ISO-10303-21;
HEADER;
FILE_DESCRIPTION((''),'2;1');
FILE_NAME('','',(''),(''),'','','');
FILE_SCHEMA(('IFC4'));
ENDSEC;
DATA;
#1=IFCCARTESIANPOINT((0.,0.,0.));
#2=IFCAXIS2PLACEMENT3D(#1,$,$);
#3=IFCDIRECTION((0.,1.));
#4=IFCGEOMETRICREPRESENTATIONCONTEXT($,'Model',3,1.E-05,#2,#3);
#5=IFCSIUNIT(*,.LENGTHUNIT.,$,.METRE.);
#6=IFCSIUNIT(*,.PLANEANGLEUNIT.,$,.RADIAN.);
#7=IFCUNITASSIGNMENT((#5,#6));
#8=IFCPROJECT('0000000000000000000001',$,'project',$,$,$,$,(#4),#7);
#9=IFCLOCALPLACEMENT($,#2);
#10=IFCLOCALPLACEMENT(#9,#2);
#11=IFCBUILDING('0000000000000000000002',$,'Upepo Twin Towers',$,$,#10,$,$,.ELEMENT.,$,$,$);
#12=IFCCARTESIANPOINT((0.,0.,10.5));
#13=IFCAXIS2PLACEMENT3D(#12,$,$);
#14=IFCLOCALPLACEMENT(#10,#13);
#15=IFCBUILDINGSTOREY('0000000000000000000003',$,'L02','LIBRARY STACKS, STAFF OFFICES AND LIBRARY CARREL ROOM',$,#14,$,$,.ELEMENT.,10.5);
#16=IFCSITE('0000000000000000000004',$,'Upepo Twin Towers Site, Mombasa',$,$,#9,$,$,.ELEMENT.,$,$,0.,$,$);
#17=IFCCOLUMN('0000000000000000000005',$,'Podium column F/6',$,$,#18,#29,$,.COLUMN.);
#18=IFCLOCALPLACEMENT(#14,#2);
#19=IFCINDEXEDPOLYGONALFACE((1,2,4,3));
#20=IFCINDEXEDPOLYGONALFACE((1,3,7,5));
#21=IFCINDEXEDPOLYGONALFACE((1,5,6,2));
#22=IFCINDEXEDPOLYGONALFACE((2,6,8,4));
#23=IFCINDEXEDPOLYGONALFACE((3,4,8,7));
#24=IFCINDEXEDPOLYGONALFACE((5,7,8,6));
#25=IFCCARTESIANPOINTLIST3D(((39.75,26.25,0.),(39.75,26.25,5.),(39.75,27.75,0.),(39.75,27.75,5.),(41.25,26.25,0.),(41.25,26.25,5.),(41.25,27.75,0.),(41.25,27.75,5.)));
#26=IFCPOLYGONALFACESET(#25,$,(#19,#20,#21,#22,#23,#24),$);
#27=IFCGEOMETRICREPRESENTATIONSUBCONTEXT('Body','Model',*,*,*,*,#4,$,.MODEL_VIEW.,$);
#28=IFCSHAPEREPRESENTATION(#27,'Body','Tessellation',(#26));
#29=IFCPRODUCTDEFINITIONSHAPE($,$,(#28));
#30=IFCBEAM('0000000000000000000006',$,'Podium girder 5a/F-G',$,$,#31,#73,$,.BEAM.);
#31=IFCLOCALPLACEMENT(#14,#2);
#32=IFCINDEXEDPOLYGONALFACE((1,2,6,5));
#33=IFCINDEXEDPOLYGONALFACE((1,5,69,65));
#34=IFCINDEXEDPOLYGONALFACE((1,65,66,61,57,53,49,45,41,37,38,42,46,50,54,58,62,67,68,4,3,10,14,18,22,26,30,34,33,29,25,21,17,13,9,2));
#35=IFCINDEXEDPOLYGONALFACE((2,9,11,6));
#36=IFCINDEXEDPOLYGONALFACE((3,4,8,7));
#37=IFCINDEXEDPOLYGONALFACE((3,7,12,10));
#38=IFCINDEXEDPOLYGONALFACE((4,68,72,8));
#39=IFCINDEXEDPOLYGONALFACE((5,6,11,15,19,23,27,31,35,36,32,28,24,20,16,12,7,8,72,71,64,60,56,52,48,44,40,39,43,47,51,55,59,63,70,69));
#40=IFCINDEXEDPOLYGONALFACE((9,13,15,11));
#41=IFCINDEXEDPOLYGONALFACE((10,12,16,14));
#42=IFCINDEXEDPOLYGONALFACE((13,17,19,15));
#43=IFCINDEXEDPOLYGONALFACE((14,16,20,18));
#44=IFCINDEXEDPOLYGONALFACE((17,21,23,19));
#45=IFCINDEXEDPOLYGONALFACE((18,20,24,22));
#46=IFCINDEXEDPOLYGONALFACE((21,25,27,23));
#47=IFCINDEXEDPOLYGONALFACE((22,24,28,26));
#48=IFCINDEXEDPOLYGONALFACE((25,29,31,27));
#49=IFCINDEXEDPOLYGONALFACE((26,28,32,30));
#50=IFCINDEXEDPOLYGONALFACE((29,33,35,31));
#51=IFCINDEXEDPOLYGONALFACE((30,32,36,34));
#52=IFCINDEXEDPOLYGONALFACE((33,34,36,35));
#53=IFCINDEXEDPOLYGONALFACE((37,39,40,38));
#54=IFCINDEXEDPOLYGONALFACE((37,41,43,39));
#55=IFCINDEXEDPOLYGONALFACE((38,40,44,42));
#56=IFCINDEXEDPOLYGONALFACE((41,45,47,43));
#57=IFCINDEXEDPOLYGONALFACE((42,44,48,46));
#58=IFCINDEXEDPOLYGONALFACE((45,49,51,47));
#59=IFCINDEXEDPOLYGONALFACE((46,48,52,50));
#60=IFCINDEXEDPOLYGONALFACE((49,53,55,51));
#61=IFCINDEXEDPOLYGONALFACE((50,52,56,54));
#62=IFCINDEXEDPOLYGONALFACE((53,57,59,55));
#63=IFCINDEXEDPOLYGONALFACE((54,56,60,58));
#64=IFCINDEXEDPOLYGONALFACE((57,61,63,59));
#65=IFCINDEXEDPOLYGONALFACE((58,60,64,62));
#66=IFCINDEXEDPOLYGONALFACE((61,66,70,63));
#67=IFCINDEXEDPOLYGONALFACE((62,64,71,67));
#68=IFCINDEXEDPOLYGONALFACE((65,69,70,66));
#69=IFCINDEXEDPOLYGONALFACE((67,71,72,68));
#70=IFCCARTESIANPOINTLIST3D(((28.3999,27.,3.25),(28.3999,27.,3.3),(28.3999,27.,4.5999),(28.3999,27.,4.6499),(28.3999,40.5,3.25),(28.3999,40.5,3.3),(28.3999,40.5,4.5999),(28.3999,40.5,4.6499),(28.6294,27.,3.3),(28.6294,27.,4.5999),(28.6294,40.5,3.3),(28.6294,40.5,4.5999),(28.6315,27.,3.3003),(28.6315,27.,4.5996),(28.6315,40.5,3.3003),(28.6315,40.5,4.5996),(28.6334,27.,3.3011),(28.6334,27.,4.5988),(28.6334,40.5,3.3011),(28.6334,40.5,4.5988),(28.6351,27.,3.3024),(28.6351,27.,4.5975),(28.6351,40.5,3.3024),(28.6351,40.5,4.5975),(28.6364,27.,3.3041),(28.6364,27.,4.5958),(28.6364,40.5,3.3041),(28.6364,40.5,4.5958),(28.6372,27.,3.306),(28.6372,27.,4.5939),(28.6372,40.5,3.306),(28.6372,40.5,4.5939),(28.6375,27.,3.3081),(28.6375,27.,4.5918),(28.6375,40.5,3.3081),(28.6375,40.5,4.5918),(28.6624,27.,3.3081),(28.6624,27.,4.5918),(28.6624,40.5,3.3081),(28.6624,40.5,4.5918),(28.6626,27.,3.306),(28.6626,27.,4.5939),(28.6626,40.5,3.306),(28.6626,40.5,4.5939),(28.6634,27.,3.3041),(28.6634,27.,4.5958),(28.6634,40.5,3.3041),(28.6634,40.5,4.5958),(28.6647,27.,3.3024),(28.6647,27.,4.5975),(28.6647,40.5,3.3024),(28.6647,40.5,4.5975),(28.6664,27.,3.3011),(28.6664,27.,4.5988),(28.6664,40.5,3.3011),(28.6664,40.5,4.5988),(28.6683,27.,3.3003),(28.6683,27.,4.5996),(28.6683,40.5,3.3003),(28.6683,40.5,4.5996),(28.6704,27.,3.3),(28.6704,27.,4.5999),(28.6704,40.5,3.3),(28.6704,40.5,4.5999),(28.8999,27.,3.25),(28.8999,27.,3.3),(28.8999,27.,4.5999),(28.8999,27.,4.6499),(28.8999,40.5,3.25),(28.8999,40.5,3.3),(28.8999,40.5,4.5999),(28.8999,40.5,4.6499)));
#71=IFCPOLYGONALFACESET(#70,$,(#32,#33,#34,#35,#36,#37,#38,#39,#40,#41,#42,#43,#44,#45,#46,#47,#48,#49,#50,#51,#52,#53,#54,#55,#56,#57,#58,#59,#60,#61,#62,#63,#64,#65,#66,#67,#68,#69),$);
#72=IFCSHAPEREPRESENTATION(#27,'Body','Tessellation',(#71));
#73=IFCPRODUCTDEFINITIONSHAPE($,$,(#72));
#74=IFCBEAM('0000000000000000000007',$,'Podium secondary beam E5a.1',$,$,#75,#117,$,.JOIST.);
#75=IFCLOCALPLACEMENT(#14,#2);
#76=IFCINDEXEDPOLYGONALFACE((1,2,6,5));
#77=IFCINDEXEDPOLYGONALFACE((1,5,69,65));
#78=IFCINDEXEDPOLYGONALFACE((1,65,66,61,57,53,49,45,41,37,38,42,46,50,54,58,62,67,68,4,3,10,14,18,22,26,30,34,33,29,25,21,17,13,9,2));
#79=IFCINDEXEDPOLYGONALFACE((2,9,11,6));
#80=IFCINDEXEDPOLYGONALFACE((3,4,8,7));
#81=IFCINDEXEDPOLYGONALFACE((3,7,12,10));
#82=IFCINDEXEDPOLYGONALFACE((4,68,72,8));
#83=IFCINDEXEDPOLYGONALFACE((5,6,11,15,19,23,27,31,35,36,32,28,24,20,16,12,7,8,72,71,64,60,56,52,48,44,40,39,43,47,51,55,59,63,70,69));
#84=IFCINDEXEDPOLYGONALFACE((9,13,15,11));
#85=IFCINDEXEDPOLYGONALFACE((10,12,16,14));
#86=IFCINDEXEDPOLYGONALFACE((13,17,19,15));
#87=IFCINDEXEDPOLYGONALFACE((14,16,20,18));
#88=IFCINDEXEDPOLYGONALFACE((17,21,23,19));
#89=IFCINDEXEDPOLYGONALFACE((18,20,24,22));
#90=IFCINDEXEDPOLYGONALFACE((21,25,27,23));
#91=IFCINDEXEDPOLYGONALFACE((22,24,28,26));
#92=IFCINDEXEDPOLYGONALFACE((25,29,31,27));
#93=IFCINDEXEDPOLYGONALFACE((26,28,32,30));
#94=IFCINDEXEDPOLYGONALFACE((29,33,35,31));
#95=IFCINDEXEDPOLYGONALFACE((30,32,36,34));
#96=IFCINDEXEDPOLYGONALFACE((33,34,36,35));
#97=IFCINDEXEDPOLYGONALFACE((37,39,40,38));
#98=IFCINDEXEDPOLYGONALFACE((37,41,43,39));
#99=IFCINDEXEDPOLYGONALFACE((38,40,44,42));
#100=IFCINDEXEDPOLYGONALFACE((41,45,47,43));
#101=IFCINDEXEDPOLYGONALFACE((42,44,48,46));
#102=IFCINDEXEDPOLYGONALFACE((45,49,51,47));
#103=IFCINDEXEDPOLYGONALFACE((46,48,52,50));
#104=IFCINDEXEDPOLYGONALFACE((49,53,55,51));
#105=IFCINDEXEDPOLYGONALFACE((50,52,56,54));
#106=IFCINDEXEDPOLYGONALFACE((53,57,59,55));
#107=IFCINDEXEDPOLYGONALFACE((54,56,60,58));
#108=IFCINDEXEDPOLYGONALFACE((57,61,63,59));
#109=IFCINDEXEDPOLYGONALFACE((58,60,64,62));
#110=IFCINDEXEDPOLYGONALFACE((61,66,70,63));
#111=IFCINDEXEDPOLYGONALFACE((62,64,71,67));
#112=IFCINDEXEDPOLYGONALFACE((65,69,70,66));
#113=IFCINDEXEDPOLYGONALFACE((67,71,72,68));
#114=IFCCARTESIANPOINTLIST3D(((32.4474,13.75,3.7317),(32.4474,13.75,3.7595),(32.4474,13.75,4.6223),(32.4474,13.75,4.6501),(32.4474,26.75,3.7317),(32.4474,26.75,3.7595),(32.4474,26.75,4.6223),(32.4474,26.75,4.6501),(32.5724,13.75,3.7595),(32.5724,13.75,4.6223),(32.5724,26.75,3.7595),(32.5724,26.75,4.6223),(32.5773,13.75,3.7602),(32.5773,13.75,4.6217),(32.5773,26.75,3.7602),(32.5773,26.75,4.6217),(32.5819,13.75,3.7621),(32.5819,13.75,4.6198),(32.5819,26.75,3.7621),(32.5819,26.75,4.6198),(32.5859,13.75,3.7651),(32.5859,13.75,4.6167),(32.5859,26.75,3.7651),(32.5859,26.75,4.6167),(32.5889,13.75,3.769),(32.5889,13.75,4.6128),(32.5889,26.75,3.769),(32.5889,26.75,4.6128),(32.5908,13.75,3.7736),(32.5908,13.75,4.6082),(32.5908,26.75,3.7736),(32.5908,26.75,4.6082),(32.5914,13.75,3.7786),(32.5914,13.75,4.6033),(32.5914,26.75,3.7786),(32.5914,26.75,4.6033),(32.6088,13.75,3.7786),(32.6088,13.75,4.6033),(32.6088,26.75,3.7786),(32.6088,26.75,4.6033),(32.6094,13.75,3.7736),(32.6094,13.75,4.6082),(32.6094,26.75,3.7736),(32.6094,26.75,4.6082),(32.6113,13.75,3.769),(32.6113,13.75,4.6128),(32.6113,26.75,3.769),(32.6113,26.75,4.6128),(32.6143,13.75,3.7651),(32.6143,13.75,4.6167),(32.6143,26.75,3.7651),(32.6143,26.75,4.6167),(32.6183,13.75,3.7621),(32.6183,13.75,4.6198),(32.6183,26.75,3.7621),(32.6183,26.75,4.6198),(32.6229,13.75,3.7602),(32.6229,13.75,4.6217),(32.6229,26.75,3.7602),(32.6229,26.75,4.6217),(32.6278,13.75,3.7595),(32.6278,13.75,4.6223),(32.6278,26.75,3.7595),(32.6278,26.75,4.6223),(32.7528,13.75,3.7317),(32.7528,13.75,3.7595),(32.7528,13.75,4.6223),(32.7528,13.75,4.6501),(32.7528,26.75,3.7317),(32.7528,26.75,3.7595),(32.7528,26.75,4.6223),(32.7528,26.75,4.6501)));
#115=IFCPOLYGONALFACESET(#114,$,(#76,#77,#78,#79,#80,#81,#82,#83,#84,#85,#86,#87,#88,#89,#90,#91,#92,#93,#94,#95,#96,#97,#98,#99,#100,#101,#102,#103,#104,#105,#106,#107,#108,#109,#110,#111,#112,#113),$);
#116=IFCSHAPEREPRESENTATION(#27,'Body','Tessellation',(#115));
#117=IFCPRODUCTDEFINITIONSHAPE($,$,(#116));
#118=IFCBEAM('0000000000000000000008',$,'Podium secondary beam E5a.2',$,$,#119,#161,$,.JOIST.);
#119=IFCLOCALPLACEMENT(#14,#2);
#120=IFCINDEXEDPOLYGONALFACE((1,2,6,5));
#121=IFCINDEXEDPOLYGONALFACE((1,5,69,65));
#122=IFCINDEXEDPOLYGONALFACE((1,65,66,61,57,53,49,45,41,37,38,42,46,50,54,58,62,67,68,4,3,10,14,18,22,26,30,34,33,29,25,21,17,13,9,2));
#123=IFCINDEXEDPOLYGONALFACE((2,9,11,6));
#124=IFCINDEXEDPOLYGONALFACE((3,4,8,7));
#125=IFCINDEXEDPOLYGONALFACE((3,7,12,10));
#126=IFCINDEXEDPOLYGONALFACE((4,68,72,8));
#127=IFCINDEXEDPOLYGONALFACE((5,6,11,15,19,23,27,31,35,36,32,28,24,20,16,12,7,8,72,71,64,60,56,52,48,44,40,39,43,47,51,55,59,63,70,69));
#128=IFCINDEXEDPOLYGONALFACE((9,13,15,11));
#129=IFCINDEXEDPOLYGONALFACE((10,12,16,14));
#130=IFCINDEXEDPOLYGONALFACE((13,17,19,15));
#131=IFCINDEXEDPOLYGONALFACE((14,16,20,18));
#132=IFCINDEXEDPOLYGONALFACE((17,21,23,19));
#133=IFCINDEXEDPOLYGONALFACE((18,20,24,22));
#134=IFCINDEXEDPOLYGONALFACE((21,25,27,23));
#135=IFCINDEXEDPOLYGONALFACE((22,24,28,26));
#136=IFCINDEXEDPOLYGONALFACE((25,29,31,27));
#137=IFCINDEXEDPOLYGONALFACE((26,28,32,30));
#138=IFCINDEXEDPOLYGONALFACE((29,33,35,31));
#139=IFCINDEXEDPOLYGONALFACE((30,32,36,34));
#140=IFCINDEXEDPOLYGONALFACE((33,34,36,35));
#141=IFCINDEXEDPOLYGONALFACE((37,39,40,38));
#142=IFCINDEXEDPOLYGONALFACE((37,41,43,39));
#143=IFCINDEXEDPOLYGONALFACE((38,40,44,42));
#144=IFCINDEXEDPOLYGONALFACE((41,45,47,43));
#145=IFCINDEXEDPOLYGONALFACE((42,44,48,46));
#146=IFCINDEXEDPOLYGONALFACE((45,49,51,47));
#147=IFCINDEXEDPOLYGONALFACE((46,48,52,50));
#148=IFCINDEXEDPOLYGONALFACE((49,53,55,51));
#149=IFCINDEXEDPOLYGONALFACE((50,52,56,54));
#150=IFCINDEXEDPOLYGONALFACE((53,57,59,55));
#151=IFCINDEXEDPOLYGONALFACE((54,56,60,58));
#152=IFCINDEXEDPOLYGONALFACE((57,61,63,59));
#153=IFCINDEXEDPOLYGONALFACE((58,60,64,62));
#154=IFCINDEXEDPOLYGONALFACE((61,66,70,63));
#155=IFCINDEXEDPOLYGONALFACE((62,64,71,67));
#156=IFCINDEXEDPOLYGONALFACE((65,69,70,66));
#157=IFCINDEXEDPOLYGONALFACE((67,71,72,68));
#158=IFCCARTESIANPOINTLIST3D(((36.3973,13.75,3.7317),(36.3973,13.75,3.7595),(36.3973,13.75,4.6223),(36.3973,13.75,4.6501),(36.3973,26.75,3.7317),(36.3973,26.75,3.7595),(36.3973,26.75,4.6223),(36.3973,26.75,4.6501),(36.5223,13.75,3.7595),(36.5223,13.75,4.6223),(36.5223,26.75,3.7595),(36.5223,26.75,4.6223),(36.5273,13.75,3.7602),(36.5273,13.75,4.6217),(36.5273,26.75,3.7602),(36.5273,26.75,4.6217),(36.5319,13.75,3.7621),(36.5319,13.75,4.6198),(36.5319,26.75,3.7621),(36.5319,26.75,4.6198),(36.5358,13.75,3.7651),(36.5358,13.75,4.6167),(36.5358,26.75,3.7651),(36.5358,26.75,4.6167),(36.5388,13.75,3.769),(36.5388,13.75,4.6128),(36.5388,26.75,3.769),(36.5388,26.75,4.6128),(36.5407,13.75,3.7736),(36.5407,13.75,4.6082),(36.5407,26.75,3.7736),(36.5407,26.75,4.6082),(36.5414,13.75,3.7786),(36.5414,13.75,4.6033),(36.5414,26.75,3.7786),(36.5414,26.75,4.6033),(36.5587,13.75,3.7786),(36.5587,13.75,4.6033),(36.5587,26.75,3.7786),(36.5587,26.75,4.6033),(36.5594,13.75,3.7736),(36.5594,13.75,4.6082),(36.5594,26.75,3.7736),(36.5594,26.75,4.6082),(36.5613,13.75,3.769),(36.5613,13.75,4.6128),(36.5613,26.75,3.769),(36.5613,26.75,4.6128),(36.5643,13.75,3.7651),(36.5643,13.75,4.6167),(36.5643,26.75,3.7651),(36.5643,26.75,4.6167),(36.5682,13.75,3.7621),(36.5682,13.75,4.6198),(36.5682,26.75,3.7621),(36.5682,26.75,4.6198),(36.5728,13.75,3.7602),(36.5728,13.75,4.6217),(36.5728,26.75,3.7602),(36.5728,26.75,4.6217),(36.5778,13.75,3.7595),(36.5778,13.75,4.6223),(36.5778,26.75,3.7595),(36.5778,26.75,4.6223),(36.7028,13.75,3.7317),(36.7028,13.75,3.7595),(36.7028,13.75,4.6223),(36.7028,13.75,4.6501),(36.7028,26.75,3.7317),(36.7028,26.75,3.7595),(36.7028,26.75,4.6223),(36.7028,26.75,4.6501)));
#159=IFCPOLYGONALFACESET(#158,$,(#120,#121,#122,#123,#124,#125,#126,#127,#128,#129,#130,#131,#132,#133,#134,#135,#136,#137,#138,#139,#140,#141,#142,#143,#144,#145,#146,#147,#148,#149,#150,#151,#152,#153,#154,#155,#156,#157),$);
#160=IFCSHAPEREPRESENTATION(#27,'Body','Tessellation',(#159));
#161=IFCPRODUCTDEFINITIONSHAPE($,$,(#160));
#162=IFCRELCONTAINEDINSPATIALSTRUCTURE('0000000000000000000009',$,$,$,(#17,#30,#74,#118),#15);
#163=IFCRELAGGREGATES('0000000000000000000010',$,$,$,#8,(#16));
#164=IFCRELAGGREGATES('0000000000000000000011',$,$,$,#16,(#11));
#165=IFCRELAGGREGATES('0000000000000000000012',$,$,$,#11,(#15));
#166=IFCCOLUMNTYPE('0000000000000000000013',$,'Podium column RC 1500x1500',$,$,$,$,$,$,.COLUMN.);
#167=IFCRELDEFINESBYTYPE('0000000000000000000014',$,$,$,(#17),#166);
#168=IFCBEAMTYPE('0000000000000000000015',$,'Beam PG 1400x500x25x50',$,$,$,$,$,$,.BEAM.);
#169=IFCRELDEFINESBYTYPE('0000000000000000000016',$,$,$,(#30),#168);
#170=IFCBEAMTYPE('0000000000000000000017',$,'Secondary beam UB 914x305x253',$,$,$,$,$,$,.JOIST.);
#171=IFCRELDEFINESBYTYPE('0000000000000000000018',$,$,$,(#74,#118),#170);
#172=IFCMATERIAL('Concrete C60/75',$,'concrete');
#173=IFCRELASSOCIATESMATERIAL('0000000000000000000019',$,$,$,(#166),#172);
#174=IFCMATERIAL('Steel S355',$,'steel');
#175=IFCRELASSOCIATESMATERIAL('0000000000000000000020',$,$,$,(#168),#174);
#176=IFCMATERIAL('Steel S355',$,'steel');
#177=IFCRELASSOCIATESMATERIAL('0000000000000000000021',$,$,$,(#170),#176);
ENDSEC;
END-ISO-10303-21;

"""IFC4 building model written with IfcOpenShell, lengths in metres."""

from ifc_helpers import new_model, si_unit, direction, frame, origin, origin_2d, place, context, subcontext, project, spatial, rectangle, i_section, extrude, material, material_profile, profile_set, type_object, element, save


model = new_model("IFC4")

# Units and contexts
model_context = context("Model", 3, precision=1e-05, world=origin(), true_north=direction((0.0, 1.0)))
body_context = subcontext(model_context, "Body", "Model", "MODEL_VIEW")
ifc_project = project(units=[si_unit("LENGTHUNIT", "METRE"), si_unit("PLANEANGLEUNIT", "RADIAN")], contexts=[model_context])

# Site, building, storey
site_placement = place(None, origin())
site = spatial("IfcSite", under=ifc_project, at=site_placement, Name="Upepo Twin Towers Site, Mombasa", CompositionType="ELEMENT", RefElevation=0.0)
building_placement = place(site_placement, origin())
building = spatial("IfcBuilding", under=site, at=building_placement, Name="Upepo Twin Towers", CompositionType="ELEMENT")
storey_placement = place(building_placement, frame((0.0, 0.0, 10.5)))
storey = spatial("IfcBuildingStorey", under=building, at=storey_placement, Name="L02", Description="LIBRARY STACKS, STAFF OFFICES AND LIBRARY CARREL ROOM", CompositionType="ELEMENT", Elevation=10.5)

# Column
ifc_material_1 = material(Name="Concrete C60/75", Category="concrete")
ifc_material_profile_1 = material_profile(ifc_material_1, rectangle(XDim=1.5, YDim=1.5, at=origin_2d()), Name="RC 1500x1500")
ifc_profile_set_1 = profile_set([ifc_material_profile_1], Name="Concrete C60/75")
column_type = type_object("IfcColumnType", Name="Podium column RC 1500x1500", PredefinedType="COLUMN", material=ifc_profile_set_1)
column_placement = place(storey_placement, frame((40.5, 27.0, 0.0), z_axis=(0.0, 0.0, 1.0), x_axis=(1.0, 0.0, 0.0)))
element("IfcColumn", 1, at=column_placement, inside=storey, type_object=column_type, Name="Podium column F/6", PredefinedType="COLUMN", context=body_context, shape_type="SweptSolid", body=[
    extrude(rectangle(XDim=1.5, YDim=1.5, at=origin_2d()), origin(), (0.0, 0.0, 1.0), 5.0),
])

# Beams
ifc_material_2 = material(Name="Steel S355", Category="steel")
ifc_material_profile_2 = material_profile(ifc_material_2, i_section(OverallWidth=0.5, OverallDepth=1.3999, WebThickness=0.0249, FlangeThickness=0.05, FilletRadius=0.0081, at=origin_2d()), Name="PG 1400x500x25x50")
ifc_profile_set_2 = profile_set([ifc_material_profile_2], Name="Steel S355")
beam_type_1 = type_object("IfcBeamType", Name="Beam PG 1400x500x25x50", PredefinedType="BEAM", material=ifc_profile_set_2)
beam_placement = place(storey_placement, frame((28.6499, 27.0, 3.95), z_axis=(0.0, 1.0, 0.0), x_axis=(-1.0, 0.0, 0.0)))
element("IfcBeam", 2, at=beam_placement, inside=storey, type_object=beam_type_1, Name="Podium girder 5a/F-G", PredefinedType="BEAM", context=body_context, shape_type="SweptSolid", body=[
    extrude(i_section(OverallWidth=0.5, OverallDepth=1.3999, WebThickness=0.0249, FlangeThickness=0.05, FilletRadius=0.0081, at=origin_2d()), origin(), (0.0, 0.0, 1.0), 13.5),
])
ifc_material_3 = material(Name="Steel S355", Category="steel")
ifc_material_profile_3 = material_profile(ifc_material_3, i_section(OverallWidth=0.3054, OverallDepth=0.9185, WebThickness=0.0173, FlangeThickness=0.0278, FilletRadius=0.019, at=origin_2d()), Name="UB 914x305x253")
ifc_profile_set_3 = profile_set([ifc_material_profile_3], Name="Steel S355")
beam_type_2 = type_object("IfcBeamType", Name="Secondary beam UB 914x305x253", PredefinedType="JOIST", material=ifc_profile_set_3)
for number, where, z_axis, x_axis, name in (
    (3, (32.6001, 13.75, 4.1909), (0.0, 1.0, 0.0), (-1.0, 0.0, 0.0), "Podium secondary beam E5a.1"),
    (4, (36.55, 13.75, 4.1909), (0.0, 1.0, 0.0), (-1.0, 0.0, 0.0), "Podium secondary beam E5a.2"),
):
    element("IfcBeam", number, at=place(storey_placement, frame(where, z_axis=z_axis, x_axis=x_axis)), inside=storey, type_object=beam_type_2, Name=name, PredefinedType="JOIST", context=body_context, shape_type="SweptSolid", body=[
        extrude(i_section(OverallWidth=0.3054, OverallDepth=0.9185, WebThickness=0.0173, FlangeThickness=0.0278, FilletRadius=0.019, at=origin_2d()), origin(), (0.0, 0.0, 1.0), 13.0),
    ])

save(model, "model.ifc")
